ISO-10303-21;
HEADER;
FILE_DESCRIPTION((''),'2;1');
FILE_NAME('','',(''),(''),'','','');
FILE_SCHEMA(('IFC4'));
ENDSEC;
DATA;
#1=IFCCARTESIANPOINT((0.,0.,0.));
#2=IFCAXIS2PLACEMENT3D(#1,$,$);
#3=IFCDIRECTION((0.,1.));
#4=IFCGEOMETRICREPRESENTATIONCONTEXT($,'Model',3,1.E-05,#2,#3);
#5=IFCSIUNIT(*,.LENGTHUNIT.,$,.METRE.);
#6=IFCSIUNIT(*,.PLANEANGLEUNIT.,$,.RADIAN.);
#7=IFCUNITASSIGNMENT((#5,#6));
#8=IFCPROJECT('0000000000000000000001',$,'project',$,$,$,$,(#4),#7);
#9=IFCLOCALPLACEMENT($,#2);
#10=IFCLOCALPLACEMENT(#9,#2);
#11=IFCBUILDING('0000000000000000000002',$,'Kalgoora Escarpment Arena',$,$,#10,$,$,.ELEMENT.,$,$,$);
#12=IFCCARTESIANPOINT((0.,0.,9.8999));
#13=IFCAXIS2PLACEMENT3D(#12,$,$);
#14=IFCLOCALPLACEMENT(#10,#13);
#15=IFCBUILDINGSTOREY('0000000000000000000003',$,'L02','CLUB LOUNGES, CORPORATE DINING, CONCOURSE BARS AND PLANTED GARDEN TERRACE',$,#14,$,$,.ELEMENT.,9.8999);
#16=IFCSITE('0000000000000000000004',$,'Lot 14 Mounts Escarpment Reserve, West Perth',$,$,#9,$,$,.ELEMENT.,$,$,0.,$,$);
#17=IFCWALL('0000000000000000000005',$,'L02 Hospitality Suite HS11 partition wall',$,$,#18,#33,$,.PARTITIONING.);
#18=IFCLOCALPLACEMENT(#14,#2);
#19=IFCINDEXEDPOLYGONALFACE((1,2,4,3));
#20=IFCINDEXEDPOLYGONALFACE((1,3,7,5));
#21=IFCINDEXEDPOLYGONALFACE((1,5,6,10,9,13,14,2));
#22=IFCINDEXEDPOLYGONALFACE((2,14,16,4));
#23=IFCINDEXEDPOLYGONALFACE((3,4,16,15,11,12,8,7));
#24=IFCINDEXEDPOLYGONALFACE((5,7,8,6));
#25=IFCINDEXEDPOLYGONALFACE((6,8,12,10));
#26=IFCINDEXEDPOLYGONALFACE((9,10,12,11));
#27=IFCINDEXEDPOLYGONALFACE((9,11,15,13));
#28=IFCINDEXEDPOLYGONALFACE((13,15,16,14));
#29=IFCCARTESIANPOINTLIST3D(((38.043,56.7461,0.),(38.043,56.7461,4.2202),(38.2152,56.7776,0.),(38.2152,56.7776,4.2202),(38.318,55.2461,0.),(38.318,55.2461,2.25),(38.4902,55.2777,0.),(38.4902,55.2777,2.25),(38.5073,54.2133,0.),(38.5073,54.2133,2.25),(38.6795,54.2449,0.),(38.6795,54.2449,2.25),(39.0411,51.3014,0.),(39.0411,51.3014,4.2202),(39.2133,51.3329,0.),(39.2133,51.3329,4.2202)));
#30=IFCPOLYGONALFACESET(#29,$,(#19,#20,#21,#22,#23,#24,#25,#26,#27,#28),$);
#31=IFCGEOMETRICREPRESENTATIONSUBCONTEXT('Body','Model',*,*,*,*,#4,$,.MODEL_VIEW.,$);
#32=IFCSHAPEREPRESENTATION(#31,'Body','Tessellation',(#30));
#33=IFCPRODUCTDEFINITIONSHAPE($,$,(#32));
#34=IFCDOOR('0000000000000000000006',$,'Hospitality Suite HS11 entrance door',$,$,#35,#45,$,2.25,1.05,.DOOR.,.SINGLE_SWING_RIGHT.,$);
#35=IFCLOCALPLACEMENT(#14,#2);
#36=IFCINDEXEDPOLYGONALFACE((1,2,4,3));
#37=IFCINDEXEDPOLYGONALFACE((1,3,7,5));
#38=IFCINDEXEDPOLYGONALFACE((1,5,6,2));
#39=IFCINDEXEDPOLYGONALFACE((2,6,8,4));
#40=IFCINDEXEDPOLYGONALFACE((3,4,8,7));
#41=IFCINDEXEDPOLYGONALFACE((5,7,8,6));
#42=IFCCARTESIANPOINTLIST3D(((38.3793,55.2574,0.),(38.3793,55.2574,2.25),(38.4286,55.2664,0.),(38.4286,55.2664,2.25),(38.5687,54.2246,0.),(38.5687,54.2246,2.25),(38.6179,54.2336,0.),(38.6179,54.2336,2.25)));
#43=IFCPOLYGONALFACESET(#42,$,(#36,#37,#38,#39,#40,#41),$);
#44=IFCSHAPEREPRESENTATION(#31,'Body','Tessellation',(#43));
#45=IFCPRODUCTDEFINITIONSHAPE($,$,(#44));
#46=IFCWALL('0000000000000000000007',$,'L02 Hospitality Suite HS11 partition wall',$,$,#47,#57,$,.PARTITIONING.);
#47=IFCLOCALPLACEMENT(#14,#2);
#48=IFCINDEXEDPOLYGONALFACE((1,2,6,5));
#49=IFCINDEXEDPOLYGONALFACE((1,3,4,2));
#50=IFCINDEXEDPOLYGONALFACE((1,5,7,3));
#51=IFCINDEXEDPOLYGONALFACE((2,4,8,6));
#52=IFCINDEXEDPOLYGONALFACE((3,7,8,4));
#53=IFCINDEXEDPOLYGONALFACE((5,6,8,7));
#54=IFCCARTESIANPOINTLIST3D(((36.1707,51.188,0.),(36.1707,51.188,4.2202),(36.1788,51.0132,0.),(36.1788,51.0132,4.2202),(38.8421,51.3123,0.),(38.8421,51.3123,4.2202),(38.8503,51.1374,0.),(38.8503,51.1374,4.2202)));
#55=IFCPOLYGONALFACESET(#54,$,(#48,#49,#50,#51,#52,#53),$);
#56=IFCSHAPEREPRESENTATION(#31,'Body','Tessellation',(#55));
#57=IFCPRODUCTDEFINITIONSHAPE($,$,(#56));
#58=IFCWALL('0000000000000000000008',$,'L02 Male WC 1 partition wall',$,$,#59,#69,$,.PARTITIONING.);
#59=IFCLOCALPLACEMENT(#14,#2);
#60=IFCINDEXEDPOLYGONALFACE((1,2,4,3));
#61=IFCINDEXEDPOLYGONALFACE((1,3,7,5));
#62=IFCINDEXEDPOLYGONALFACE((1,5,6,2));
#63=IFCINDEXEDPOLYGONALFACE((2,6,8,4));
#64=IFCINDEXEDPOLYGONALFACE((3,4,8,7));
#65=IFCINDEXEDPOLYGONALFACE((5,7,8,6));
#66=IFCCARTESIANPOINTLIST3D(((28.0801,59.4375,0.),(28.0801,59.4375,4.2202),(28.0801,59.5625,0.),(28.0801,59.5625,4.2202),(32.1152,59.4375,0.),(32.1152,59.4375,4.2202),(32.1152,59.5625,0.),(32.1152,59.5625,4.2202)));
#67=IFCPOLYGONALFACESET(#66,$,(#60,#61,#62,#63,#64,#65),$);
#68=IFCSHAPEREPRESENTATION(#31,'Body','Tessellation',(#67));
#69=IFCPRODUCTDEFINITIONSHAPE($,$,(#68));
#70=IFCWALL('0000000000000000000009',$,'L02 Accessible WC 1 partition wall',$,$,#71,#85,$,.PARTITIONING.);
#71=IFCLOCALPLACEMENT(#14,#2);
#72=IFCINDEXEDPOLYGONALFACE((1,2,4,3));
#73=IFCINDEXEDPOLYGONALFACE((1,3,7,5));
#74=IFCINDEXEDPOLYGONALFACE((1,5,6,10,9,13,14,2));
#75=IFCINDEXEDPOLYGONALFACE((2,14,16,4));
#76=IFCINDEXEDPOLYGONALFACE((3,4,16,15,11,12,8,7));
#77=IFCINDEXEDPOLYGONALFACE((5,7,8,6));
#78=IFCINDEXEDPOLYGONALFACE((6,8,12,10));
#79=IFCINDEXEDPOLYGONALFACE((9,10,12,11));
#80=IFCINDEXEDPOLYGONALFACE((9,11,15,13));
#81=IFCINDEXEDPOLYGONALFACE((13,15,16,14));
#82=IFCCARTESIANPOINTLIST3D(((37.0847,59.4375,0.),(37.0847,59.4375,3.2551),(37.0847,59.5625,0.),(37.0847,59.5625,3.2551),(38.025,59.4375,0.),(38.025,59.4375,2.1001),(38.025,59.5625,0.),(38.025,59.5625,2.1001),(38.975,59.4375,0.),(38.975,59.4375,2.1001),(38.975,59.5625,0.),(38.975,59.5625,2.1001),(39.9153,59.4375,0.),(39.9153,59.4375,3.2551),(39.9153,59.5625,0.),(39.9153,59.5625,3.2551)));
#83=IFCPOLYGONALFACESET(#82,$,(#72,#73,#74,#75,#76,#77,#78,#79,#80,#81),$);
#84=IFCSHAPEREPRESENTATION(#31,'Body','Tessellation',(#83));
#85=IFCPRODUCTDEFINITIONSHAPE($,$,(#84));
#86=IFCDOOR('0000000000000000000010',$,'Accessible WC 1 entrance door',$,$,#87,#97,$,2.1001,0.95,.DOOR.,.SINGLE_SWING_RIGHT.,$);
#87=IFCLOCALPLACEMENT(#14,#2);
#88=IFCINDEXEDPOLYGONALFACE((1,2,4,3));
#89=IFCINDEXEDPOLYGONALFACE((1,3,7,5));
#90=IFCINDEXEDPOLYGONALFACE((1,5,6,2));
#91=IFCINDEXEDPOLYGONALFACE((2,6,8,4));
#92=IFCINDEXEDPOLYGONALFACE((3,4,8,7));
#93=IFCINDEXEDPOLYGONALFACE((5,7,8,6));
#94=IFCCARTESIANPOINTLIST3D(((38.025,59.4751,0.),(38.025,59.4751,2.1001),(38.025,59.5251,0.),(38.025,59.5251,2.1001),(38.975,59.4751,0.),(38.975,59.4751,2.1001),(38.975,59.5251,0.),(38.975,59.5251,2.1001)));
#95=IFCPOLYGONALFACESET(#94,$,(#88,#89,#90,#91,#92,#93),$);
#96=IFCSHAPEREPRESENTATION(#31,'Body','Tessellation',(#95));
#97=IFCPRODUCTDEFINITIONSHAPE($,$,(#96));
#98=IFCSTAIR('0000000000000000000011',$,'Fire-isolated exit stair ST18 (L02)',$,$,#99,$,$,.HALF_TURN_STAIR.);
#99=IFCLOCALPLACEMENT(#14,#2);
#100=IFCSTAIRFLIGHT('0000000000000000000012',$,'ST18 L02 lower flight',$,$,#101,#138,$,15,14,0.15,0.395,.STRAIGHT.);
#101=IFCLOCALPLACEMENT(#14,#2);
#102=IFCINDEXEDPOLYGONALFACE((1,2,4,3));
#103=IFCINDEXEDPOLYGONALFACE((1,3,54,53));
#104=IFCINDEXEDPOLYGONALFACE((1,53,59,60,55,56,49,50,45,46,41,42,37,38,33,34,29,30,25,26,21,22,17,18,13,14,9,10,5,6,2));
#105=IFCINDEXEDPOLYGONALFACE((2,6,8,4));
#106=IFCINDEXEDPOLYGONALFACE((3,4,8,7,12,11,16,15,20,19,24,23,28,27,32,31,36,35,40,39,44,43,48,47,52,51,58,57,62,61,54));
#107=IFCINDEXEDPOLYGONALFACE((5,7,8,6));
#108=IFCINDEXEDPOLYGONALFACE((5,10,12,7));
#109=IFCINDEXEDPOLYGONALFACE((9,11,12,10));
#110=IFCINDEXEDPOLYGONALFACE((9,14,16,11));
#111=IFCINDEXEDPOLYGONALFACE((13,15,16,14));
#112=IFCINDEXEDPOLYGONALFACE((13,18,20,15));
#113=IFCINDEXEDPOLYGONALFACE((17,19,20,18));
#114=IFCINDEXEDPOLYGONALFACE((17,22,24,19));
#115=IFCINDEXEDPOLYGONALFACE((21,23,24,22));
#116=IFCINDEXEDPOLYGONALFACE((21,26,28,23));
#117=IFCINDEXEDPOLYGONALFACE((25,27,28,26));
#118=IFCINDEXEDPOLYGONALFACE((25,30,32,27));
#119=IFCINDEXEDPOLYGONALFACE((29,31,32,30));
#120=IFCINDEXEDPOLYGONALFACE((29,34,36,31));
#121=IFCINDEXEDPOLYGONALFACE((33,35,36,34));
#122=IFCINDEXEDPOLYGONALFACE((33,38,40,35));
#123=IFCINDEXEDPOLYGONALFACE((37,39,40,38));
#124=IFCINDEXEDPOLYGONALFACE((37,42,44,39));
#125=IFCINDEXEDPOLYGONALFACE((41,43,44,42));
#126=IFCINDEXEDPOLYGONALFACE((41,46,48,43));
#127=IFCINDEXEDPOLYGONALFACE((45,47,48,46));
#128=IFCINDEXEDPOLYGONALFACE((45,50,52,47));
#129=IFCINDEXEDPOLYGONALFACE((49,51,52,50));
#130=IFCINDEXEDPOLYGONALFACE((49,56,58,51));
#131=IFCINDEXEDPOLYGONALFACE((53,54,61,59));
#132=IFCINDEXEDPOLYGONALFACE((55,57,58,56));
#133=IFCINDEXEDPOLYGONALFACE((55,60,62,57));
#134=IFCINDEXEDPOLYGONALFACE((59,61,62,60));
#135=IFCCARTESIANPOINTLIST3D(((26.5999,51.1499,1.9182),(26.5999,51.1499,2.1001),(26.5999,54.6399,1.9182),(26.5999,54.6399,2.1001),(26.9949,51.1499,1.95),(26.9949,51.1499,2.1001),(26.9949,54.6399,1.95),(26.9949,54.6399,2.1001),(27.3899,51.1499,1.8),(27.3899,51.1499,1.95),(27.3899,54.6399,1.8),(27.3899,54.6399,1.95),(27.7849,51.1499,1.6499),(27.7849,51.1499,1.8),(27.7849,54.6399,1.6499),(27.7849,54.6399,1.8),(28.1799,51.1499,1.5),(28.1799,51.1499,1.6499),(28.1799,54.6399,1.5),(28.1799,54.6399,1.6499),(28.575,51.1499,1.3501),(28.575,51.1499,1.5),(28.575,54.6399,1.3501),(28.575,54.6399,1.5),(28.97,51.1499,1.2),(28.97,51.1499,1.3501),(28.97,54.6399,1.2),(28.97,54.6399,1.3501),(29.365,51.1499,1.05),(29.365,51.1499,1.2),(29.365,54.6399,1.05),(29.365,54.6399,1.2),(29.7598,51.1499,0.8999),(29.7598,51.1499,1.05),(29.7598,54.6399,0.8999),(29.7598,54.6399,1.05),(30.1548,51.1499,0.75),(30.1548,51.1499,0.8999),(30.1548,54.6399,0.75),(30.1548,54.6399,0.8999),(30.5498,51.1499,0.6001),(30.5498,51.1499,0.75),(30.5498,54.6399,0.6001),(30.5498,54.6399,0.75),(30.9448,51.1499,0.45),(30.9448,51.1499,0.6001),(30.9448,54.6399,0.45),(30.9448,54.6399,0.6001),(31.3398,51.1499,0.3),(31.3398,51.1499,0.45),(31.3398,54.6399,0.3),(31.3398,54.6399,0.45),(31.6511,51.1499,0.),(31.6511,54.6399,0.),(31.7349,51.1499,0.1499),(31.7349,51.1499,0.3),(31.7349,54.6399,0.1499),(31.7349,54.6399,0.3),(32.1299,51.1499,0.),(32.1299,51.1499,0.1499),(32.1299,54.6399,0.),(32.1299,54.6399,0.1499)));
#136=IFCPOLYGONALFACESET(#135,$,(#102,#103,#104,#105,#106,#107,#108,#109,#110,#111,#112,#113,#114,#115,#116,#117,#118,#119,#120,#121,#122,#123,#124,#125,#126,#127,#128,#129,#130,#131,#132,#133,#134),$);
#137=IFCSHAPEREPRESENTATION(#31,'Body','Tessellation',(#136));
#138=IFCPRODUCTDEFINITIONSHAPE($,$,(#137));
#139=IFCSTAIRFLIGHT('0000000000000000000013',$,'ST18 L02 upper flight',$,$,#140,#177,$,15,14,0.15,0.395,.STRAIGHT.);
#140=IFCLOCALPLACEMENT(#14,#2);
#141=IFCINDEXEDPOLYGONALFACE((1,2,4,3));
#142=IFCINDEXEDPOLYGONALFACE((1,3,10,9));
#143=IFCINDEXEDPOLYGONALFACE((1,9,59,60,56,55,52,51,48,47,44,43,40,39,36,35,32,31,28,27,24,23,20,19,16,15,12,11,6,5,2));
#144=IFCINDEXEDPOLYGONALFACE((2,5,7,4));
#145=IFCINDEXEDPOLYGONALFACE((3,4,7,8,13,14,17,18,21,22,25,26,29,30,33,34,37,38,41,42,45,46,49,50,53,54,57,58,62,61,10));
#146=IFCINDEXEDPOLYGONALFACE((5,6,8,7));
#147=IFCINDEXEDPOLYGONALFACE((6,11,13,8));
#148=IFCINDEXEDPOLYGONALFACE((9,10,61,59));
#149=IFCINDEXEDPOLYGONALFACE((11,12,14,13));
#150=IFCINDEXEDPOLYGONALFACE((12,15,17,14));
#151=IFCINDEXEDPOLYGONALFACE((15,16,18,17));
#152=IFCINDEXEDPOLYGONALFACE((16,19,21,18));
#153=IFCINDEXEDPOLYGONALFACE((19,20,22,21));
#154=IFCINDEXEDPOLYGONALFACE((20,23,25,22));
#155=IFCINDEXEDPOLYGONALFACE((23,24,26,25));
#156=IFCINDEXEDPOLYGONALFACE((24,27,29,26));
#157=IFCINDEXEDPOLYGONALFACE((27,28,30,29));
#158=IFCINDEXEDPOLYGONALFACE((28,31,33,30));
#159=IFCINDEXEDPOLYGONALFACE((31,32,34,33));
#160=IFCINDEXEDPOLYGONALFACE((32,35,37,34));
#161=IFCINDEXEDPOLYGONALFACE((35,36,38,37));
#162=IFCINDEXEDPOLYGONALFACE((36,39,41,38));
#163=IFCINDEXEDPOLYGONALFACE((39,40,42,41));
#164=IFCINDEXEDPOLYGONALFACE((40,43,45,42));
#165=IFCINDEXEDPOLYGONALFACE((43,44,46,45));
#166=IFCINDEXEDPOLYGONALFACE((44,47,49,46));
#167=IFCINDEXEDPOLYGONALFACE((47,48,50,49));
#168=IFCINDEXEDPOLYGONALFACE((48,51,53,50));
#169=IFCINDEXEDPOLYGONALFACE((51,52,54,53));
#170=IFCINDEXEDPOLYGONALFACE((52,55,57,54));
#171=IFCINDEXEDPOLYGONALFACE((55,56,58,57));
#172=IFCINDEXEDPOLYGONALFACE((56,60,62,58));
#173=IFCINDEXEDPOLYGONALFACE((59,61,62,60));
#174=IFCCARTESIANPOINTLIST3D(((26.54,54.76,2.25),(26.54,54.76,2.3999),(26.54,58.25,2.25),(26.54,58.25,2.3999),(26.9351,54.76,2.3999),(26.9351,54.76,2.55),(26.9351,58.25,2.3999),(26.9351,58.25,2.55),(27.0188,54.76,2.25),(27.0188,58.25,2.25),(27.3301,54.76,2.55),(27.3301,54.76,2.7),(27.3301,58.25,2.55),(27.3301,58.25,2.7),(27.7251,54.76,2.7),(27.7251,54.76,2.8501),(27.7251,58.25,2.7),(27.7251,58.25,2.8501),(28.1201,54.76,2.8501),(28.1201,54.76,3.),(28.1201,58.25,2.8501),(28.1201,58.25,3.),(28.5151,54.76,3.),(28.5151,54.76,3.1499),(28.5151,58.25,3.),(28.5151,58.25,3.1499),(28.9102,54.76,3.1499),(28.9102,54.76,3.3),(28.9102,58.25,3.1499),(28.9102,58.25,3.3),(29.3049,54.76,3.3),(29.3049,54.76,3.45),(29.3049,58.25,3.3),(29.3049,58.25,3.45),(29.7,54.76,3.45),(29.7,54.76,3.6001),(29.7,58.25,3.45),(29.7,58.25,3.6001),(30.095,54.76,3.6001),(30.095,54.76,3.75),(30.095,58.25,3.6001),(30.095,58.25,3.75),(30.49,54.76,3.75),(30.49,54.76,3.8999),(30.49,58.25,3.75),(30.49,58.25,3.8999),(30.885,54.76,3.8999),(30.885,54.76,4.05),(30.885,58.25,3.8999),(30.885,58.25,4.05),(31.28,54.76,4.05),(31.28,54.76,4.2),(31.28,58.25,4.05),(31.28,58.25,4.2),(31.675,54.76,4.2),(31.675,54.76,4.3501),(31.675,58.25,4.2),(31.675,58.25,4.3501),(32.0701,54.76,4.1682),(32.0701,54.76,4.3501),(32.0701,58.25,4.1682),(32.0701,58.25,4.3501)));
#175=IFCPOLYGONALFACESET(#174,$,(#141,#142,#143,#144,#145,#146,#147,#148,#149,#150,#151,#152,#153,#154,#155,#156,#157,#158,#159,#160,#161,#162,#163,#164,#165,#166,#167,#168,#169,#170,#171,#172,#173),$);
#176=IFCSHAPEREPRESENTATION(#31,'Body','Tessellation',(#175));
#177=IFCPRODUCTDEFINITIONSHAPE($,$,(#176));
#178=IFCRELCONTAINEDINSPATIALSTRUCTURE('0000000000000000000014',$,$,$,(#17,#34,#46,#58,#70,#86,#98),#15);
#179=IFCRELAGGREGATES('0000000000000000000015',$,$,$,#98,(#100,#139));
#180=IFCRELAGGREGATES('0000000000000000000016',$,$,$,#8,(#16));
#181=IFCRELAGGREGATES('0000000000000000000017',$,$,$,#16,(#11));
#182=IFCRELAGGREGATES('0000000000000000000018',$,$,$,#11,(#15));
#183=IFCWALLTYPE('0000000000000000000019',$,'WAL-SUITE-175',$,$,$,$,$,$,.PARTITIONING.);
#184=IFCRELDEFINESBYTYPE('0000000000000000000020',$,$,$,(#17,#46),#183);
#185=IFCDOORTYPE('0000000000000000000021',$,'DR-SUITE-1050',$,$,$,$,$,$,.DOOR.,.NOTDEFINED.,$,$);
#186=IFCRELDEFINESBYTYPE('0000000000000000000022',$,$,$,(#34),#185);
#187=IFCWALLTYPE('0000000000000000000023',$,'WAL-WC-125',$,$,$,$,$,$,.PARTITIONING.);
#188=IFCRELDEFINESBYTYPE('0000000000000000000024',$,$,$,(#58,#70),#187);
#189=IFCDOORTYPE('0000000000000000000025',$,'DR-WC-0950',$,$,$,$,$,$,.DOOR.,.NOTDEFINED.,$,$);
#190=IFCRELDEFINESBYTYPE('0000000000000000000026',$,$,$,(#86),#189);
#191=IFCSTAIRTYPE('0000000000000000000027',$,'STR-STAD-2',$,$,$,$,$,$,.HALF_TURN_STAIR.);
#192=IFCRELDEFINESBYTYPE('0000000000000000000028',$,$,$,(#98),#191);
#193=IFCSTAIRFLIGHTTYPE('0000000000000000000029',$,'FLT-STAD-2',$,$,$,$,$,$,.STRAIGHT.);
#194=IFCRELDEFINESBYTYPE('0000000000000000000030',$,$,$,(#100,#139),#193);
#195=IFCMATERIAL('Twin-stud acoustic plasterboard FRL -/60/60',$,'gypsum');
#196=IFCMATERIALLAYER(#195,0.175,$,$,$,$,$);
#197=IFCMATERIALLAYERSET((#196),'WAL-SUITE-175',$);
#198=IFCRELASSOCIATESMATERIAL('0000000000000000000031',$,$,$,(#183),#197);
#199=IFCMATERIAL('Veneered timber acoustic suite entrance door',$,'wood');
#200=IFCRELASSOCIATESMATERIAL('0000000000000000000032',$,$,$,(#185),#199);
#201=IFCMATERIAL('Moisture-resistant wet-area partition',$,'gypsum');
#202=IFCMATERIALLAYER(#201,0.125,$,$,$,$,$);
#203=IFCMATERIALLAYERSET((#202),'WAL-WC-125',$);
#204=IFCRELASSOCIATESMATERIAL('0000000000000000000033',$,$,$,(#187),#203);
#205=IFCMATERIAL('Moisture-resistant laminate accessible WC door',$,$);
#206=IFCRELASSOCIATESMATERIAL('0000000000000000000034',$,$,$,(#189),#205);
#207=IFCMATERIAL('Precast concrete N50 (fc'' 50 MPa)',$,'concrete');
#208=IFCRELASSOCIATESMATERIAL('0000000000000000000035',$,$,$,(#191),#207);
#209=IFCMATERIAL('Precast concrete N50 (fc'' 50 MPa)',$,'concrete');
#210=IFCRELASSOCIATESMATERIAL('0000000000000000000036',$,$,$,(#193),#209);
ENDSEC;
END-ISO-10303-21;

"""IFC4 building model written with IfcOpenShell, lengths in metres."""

from ifc_helpers import new_model, si_unit, direction, frame, frame_2d, origin, place, context, subcontext, project, spatial, polyline, rectangle, outline, extrude, material, layer, layer_set, type_object, element, fill, aggregate, save


model = new_model("IFC4")

# Units and contexts
model_context = context("Model", 3, precision=1e-05, world=origin(), true_north=direction((0.0, 1.0)))
body_context = subcontext(model_context, "Body", "Model", "MODEL_VIEW")
ifc_project = project(units=[si_unit("LENGTHUNIT", "METRE"), si_unit("PLANEANGLEUNIT", "RADIAN")], contexts=[model_context])

# Site, building, storey
site_placement = place(None, origin())
site = spatial("IfcSite", under=ifc_project, at=site_placement, Name="Lot 14 Mounts Escarpment Reserve, West Perth", CompositionType="ELEMENT", RefElevation=0.0)
building_placement = place(site_placement, origin())
building = spatial("IfcBuilding", under=site, at=building_placement, Name="Kalgoora Escarpment Arena", CompositionType="ELEMENT")
storey_placement = place(building_placement, frame((0.0, 0.0, 9.8999)))
storey = spatial("IfcBuildingStorey", under=building, at=storey_placement, Name="L02", Description="CLUB LOUNGES, CORPORATE DINING, CONCOURSE BARS AND PLANTED GARDEN TERRACE", CompositionType="ELEMENT", Elevation=9.8999)

# Shared definitions
ifc_material_1 = material(Name="Twin-stud acoustic plasterboard FRL -/60/60", Category="gypsum")
ifc_layer_1 = layer(ifc_material_1, 0.175)
ifc_layer_set_1 = layer_set([ifc_layer_1], Name="WAL-SUITE-175")
wall_type_1 = type_object("IfcWallType", Name="WAL-SUITE-175", PredefinedType="PARTITIONING", material=ifc_layer_set_1)

# Wall, opening, door
wall_1_placement = place(storey_placement, frame((38.1292, 56.7617, 0.0), z_axis=(0.0, 0.0, 1.0), x_axis=(0.180306, -0.983611, 0.0)))
wall_1 = element("IfcWall", 1, at=wall_1_placement, inside=storey, type_object=wall_type_1, Name="L02 Hospitality Suite HS11 partition wall", PredefinedType="PARTITIONING", context=body_context, shape_type="SweptSolid", body=[
    extrude(rectangle(XDim=5.5354, YDim=0.175, at=frame_2d((2.7676, 0.0))), origin(), (0.0, 0.0, 1.0), 4.2202),
])
opening_1_placement = place(wall_1_placement, frame((1.5249, 0.0, 0.0)))
opening_1 = element("IfcOpeningElement", 2, at=opening_1_placement, cuts=wall_1, PredefinedType="OPENING", context=body_context, shape_type="SweptSolid", body=[
    extrude(rectangle(XDim=1.05, YDim=2.25, at=frame_2d((0.5249, 1.125))), frame((0.0, 0.0974, 0.0), z_axis=(0.0, -1.0, 0.0), x_axis=(1.0, 0.0, 0.0)), (0.0, 0.0, 1.0), 0.1951),
])
ifc_material_2 = material(Name="Veneered timber acoustic suite entrance door", Category="wood")
door_type_1 = type_object("IfcDoorType", Name="DR-SUITE-1050", OperationType="NOTDEFINED", PredefinedType="DOOR", material=ifc_material_2)
door_1_placement = place(opening_1_placement, origin())
door_1 = element("IfcDoor", 3, at=door_1_placement, inside=storey, type_object=door_type_1, Name="Hospitality Suite HS11 entrance door", OperationType="SINGLE_SWING_RIGHT", OverallHeight=2.25, OverallWidth=1.05, PredefinedType="DOOR", context=body_context, shape_type="SweptSolid", body=[
    extrude(rectangle(XDim=1.05, YDim=2.25, at=frame_2d((0.5249, 1.125))), frame((0.0, 0.0249, 0.0), z_axis=(0.0, -1.0, 0.0), x_axis=(1.0, 0.0, 0.0)), (0.0, 0.0, 1.0), 0.05),
])
fill(opening_1, door_1)

# Walls
wall_2_placement = place(storey_placement, frame((38.8462, 51.2249, 0.0), z_axis=(0.0, 0.0, 1.0), x_axis=(-0.99892, -0.046468, 0.0)))
element("IfcWall", 4, at=wall_2_placement, inside=storey, type_object=wall_type_1, Name="L02 Hospitality Suite HS11 partition wall", PredefinedType="PARTITIONING", context=body_context, shape_type="SweptSolid", body=[
    extrude(rectangle(XDim=2.6743, YDim=0.175, at=frame_2d((1.3372, 0.0))), origin(), (0.0, 0.0, 1.0), 4.2202),
])
ifc_material_3 = material(Name="Moisture-resistant wet-area partition", Category="gypsum")
ifc_layer_2 = layer(ifc_material_3, 0.125)
ifc_layer_set_2 = layer_set([ifc_layer_2], Name="WAL-WC-125")
wall_type_2 = type_object("IfcWallType", Name="WAL-WC-125", PredefinedType="PARTITIONING", material=ifc_layer_set_2)
wall_3_placement = place(storey_placement, frame((32.1152, 59.5, 0.0), z_axis=(0.0, 0.0, 1.0), x_axis=(-1.0, 0.0, 0.0)))
element("IfcWall", 5, at=wall_3_placement, inside=storey, type_object=wall_type_2, Name="L02 Male WC 1 partition wall", PredefinedType="PARTITIONING", context=body_context, shape_type="SweptSolid", body=[
    extrude(rectangle(XDim=4.0352, YDim=0.125, at=frame_2d((2.0176, 0.0))), origin(), (0.0, 0.0, 1.0), 4.2202),
])

# Wall, opening, door
wall_4_placement = place(storey_placement, frame((39.9153, 59.5, 0.0), z_axis=(0.0, 0.0, 1.0), x_axis=(-1.0, 0.0, 0.0)))
wall_4 = element("IfcWall", 6, at=wall_4_placement, inside=storey, type_object=wall_type_2, Name="L02 Accessible WC 1 partition wall", PredefinedType="PARTITIONING", context=body_context, shape_type="SweptSolid", body=[
    extrude(rectangle(XDim=2.8306, YDim=0.125, at=frame_2d((1.4153, 0.0))), origin(), (0.0, 0.0, 1.0), 3.2551),
])
opening_2_placement = place(wall_4_placement, frame((0.9402, 0.0, 0.0)))
opening_2 = element("IfcOpeningElement", 7, at=opening_2_placement, cuts=wall_4, PredefinedType="OPENING", context=body_context, shape_type="SweptSolid", body=[
    extrude(rectangle(XDim=0.95, YDim=2.1001, at=frame_2d((0.4751, 1.05))), frame((0.0, 0.0725, 0.0), z_axis=(0.0, -1.0, 0.0), x_axis=(1.0, 0.0, 0.0)), (0.0, 0.0, 1.0), 0.145),
])
ifc_material_4 = material(Name="Moisture-resistant laminate accessible WC door")
door_type_2 = type_object("IfcDoorType", Name="DR-WC-0950", OperationType="NOTDEFINED", PredefinedType="DOOR", material=ifc_material_4)
door_2_placement = place(opening_2_placement, origin())
door_2 = element("IfcDoor", 8, at=door_2_placement, inside=storey, type_object=door_type_2, Name="Accessible WC 1 entrance door", OperationType="SINGLE_SWING_RIGHT", OverallHeight=2.1001, OverallWidth=0.95, PredefinedType="DOOR", context=body_context, shape_type="SweptSolid", body=[
    extrude(rectangle(XDim=0.95, YDim=2.1001, at=frame_2d((0.4751, 1.05))), frame((0.0, 0.0249, 0.0), z_axis=(0.0, -1.0, 0.0), x_axis=(1.0, 0.0, 0.0)), (0.0, 0.0, 1.0), 0.05),
])
fill(opening_2, door_2)

# Stair, stair flights
ifc_material_5 = material(Name="Precast concrete N50 (fc' 50 MPa)", Category="concrete")
stair_type_1 = type_object("IfcStairType", Name="STR-STAD-2", PredefinedType="HALF_TURN_STAIR", material=ifc_material_5)
stair_1_placement = place(storey_placement, origin())
stair_1 = element("IfcStair", 9, at=stair_1_placement, inside=storey, type_object=stair_type_1, Name="Fire-isolated exit stair ST18 (L02)", PredefinedType="HALF_TURN_STAIR")
ifc_material_6 = material(Name="Precast concrete N50 (fc' 50 MPa)", Category="concrete")
stair_flight_type_1 = type_object("IfcStairFlightType", Name="FLT-STAD-2", PredefinedType="STRAIGHT", material=ifc_material_6)
stair_flight_1_placement = place(storey_placement, frame((32.1299, 52.895, 0.0), z_axis=(0.0, 0.0, 1.0), x_axis=(-1.0, 0.0, 0.0)))
stair_flight_1 = element("IfcStairFlight", 10, at=stair_flight_1_placement, type_object=stair_flight_type_1, Name="ST18 L02 lower flight", NumberOfRisers=15, NumberOfTreads=14, PredefinedType="STRAIGHT", RiserHeight=0.15, TreadLength=0.395, context=body_context, shape_type="SweptSolid", body=[
    extrude(outline(polyline([(0.0, 0.0), (0.0, 0.1499), (0.395, 0.1499), (0.395, 0.3), (0.79, 0.3), (0.79, 0.45), (1.1851, 0.45), (1.1851, 0.6001), (1.5801, 0.6001), (1.5801, 0.75), (1.9751, 0.75), (1.9751, 0.8999), (2.3701, 0.8999), (2.3701, 1.05), (2.7649, 1.05), (2.7649, 1.2), (3.1599, 1.2), (3.1599, 1.3501), (3.5549, 1.3501), (3.5549, 1.5), (3.95, 1.5), (3.95, 1.6499), (4.345, 1.6499), (4.345, 1.8), (4.74, 1.8), (4.74, 1.95), (5.135, 1.95), (5.135, 2.1001), (5.53, 2.1001), (5.53, 2.25), (5.53, 1.9182), (0.4788, 0.0), (0.0, 0.0)])), frame((0.0, 1.7451, 0.0), z_axis=(0.0, -1.0, 0.0), x_axis=(1.0, 0.0, 0.0)), (0.0, 0.0, 1.0), 3.49),
])
stair_flight_2_placement = place(storey_placement, frame((26.54, 56.5049, 2.25), z_axis=(0.0, 0.0, 1.0), x_axis=(1.0, 0.0, 0.0)))
stair_flight_2 = element("IfcStairFlight", 11, at=stair_flight_2_placement, type_object=stair_flight_type_1, Name="ST18 L02 upper flight", NumberOfRisers=15, NumberOfTreads=14, PredefinedType="STRAIGHT", RiserHeight=0.15, TreadLength=0.395, context=body_context, shape_type="SweptSolid", body=[
    extrude(outline(polyline([(0.0, 0.0), (0.0, 0.1499), (0.395, 0.1499), (0.395, 0.3), (0.79, 0.3), (0.79, 0.45), (1.1851, 0.45), (1.1851, 0.6001), (1.5801, 0.6001), (1.5801, 0.75), (1.9751, 0.75), (1.9751, 0.8999), (2.3701, 0.8999), (2.3701, 1.05), (2.7649, 1.05), (2.7649, 1.2), (3.1599, 1.2), (3.1599, 1.3501), (3.5549, 1.3501), (3.5549, 1.5), (3.95, 1.5), (3.95, 1.6499), (4.345, 1.6499), (4.345, 1.8), (4.74, 1.8), (4.74, 1.95), (5.135, 1.95), (5.135, 2.1001), (5.53, 2.1001), (5.53, 2.25), (5.53, 1.9182), (0.4788, 0.0), (0.0, 0.0)])), frame((0.0, 1.7451, 0.0), z_axis=(0.0, -1.0, 0.0), x_axis=(1.0, 0.0, 0.0)), (0.0, 0.0, 1.0), 3.49),
])
aggregate(stair_1, [stair_flight_1, stair_flight_2])

save(model, "model.ifc")
